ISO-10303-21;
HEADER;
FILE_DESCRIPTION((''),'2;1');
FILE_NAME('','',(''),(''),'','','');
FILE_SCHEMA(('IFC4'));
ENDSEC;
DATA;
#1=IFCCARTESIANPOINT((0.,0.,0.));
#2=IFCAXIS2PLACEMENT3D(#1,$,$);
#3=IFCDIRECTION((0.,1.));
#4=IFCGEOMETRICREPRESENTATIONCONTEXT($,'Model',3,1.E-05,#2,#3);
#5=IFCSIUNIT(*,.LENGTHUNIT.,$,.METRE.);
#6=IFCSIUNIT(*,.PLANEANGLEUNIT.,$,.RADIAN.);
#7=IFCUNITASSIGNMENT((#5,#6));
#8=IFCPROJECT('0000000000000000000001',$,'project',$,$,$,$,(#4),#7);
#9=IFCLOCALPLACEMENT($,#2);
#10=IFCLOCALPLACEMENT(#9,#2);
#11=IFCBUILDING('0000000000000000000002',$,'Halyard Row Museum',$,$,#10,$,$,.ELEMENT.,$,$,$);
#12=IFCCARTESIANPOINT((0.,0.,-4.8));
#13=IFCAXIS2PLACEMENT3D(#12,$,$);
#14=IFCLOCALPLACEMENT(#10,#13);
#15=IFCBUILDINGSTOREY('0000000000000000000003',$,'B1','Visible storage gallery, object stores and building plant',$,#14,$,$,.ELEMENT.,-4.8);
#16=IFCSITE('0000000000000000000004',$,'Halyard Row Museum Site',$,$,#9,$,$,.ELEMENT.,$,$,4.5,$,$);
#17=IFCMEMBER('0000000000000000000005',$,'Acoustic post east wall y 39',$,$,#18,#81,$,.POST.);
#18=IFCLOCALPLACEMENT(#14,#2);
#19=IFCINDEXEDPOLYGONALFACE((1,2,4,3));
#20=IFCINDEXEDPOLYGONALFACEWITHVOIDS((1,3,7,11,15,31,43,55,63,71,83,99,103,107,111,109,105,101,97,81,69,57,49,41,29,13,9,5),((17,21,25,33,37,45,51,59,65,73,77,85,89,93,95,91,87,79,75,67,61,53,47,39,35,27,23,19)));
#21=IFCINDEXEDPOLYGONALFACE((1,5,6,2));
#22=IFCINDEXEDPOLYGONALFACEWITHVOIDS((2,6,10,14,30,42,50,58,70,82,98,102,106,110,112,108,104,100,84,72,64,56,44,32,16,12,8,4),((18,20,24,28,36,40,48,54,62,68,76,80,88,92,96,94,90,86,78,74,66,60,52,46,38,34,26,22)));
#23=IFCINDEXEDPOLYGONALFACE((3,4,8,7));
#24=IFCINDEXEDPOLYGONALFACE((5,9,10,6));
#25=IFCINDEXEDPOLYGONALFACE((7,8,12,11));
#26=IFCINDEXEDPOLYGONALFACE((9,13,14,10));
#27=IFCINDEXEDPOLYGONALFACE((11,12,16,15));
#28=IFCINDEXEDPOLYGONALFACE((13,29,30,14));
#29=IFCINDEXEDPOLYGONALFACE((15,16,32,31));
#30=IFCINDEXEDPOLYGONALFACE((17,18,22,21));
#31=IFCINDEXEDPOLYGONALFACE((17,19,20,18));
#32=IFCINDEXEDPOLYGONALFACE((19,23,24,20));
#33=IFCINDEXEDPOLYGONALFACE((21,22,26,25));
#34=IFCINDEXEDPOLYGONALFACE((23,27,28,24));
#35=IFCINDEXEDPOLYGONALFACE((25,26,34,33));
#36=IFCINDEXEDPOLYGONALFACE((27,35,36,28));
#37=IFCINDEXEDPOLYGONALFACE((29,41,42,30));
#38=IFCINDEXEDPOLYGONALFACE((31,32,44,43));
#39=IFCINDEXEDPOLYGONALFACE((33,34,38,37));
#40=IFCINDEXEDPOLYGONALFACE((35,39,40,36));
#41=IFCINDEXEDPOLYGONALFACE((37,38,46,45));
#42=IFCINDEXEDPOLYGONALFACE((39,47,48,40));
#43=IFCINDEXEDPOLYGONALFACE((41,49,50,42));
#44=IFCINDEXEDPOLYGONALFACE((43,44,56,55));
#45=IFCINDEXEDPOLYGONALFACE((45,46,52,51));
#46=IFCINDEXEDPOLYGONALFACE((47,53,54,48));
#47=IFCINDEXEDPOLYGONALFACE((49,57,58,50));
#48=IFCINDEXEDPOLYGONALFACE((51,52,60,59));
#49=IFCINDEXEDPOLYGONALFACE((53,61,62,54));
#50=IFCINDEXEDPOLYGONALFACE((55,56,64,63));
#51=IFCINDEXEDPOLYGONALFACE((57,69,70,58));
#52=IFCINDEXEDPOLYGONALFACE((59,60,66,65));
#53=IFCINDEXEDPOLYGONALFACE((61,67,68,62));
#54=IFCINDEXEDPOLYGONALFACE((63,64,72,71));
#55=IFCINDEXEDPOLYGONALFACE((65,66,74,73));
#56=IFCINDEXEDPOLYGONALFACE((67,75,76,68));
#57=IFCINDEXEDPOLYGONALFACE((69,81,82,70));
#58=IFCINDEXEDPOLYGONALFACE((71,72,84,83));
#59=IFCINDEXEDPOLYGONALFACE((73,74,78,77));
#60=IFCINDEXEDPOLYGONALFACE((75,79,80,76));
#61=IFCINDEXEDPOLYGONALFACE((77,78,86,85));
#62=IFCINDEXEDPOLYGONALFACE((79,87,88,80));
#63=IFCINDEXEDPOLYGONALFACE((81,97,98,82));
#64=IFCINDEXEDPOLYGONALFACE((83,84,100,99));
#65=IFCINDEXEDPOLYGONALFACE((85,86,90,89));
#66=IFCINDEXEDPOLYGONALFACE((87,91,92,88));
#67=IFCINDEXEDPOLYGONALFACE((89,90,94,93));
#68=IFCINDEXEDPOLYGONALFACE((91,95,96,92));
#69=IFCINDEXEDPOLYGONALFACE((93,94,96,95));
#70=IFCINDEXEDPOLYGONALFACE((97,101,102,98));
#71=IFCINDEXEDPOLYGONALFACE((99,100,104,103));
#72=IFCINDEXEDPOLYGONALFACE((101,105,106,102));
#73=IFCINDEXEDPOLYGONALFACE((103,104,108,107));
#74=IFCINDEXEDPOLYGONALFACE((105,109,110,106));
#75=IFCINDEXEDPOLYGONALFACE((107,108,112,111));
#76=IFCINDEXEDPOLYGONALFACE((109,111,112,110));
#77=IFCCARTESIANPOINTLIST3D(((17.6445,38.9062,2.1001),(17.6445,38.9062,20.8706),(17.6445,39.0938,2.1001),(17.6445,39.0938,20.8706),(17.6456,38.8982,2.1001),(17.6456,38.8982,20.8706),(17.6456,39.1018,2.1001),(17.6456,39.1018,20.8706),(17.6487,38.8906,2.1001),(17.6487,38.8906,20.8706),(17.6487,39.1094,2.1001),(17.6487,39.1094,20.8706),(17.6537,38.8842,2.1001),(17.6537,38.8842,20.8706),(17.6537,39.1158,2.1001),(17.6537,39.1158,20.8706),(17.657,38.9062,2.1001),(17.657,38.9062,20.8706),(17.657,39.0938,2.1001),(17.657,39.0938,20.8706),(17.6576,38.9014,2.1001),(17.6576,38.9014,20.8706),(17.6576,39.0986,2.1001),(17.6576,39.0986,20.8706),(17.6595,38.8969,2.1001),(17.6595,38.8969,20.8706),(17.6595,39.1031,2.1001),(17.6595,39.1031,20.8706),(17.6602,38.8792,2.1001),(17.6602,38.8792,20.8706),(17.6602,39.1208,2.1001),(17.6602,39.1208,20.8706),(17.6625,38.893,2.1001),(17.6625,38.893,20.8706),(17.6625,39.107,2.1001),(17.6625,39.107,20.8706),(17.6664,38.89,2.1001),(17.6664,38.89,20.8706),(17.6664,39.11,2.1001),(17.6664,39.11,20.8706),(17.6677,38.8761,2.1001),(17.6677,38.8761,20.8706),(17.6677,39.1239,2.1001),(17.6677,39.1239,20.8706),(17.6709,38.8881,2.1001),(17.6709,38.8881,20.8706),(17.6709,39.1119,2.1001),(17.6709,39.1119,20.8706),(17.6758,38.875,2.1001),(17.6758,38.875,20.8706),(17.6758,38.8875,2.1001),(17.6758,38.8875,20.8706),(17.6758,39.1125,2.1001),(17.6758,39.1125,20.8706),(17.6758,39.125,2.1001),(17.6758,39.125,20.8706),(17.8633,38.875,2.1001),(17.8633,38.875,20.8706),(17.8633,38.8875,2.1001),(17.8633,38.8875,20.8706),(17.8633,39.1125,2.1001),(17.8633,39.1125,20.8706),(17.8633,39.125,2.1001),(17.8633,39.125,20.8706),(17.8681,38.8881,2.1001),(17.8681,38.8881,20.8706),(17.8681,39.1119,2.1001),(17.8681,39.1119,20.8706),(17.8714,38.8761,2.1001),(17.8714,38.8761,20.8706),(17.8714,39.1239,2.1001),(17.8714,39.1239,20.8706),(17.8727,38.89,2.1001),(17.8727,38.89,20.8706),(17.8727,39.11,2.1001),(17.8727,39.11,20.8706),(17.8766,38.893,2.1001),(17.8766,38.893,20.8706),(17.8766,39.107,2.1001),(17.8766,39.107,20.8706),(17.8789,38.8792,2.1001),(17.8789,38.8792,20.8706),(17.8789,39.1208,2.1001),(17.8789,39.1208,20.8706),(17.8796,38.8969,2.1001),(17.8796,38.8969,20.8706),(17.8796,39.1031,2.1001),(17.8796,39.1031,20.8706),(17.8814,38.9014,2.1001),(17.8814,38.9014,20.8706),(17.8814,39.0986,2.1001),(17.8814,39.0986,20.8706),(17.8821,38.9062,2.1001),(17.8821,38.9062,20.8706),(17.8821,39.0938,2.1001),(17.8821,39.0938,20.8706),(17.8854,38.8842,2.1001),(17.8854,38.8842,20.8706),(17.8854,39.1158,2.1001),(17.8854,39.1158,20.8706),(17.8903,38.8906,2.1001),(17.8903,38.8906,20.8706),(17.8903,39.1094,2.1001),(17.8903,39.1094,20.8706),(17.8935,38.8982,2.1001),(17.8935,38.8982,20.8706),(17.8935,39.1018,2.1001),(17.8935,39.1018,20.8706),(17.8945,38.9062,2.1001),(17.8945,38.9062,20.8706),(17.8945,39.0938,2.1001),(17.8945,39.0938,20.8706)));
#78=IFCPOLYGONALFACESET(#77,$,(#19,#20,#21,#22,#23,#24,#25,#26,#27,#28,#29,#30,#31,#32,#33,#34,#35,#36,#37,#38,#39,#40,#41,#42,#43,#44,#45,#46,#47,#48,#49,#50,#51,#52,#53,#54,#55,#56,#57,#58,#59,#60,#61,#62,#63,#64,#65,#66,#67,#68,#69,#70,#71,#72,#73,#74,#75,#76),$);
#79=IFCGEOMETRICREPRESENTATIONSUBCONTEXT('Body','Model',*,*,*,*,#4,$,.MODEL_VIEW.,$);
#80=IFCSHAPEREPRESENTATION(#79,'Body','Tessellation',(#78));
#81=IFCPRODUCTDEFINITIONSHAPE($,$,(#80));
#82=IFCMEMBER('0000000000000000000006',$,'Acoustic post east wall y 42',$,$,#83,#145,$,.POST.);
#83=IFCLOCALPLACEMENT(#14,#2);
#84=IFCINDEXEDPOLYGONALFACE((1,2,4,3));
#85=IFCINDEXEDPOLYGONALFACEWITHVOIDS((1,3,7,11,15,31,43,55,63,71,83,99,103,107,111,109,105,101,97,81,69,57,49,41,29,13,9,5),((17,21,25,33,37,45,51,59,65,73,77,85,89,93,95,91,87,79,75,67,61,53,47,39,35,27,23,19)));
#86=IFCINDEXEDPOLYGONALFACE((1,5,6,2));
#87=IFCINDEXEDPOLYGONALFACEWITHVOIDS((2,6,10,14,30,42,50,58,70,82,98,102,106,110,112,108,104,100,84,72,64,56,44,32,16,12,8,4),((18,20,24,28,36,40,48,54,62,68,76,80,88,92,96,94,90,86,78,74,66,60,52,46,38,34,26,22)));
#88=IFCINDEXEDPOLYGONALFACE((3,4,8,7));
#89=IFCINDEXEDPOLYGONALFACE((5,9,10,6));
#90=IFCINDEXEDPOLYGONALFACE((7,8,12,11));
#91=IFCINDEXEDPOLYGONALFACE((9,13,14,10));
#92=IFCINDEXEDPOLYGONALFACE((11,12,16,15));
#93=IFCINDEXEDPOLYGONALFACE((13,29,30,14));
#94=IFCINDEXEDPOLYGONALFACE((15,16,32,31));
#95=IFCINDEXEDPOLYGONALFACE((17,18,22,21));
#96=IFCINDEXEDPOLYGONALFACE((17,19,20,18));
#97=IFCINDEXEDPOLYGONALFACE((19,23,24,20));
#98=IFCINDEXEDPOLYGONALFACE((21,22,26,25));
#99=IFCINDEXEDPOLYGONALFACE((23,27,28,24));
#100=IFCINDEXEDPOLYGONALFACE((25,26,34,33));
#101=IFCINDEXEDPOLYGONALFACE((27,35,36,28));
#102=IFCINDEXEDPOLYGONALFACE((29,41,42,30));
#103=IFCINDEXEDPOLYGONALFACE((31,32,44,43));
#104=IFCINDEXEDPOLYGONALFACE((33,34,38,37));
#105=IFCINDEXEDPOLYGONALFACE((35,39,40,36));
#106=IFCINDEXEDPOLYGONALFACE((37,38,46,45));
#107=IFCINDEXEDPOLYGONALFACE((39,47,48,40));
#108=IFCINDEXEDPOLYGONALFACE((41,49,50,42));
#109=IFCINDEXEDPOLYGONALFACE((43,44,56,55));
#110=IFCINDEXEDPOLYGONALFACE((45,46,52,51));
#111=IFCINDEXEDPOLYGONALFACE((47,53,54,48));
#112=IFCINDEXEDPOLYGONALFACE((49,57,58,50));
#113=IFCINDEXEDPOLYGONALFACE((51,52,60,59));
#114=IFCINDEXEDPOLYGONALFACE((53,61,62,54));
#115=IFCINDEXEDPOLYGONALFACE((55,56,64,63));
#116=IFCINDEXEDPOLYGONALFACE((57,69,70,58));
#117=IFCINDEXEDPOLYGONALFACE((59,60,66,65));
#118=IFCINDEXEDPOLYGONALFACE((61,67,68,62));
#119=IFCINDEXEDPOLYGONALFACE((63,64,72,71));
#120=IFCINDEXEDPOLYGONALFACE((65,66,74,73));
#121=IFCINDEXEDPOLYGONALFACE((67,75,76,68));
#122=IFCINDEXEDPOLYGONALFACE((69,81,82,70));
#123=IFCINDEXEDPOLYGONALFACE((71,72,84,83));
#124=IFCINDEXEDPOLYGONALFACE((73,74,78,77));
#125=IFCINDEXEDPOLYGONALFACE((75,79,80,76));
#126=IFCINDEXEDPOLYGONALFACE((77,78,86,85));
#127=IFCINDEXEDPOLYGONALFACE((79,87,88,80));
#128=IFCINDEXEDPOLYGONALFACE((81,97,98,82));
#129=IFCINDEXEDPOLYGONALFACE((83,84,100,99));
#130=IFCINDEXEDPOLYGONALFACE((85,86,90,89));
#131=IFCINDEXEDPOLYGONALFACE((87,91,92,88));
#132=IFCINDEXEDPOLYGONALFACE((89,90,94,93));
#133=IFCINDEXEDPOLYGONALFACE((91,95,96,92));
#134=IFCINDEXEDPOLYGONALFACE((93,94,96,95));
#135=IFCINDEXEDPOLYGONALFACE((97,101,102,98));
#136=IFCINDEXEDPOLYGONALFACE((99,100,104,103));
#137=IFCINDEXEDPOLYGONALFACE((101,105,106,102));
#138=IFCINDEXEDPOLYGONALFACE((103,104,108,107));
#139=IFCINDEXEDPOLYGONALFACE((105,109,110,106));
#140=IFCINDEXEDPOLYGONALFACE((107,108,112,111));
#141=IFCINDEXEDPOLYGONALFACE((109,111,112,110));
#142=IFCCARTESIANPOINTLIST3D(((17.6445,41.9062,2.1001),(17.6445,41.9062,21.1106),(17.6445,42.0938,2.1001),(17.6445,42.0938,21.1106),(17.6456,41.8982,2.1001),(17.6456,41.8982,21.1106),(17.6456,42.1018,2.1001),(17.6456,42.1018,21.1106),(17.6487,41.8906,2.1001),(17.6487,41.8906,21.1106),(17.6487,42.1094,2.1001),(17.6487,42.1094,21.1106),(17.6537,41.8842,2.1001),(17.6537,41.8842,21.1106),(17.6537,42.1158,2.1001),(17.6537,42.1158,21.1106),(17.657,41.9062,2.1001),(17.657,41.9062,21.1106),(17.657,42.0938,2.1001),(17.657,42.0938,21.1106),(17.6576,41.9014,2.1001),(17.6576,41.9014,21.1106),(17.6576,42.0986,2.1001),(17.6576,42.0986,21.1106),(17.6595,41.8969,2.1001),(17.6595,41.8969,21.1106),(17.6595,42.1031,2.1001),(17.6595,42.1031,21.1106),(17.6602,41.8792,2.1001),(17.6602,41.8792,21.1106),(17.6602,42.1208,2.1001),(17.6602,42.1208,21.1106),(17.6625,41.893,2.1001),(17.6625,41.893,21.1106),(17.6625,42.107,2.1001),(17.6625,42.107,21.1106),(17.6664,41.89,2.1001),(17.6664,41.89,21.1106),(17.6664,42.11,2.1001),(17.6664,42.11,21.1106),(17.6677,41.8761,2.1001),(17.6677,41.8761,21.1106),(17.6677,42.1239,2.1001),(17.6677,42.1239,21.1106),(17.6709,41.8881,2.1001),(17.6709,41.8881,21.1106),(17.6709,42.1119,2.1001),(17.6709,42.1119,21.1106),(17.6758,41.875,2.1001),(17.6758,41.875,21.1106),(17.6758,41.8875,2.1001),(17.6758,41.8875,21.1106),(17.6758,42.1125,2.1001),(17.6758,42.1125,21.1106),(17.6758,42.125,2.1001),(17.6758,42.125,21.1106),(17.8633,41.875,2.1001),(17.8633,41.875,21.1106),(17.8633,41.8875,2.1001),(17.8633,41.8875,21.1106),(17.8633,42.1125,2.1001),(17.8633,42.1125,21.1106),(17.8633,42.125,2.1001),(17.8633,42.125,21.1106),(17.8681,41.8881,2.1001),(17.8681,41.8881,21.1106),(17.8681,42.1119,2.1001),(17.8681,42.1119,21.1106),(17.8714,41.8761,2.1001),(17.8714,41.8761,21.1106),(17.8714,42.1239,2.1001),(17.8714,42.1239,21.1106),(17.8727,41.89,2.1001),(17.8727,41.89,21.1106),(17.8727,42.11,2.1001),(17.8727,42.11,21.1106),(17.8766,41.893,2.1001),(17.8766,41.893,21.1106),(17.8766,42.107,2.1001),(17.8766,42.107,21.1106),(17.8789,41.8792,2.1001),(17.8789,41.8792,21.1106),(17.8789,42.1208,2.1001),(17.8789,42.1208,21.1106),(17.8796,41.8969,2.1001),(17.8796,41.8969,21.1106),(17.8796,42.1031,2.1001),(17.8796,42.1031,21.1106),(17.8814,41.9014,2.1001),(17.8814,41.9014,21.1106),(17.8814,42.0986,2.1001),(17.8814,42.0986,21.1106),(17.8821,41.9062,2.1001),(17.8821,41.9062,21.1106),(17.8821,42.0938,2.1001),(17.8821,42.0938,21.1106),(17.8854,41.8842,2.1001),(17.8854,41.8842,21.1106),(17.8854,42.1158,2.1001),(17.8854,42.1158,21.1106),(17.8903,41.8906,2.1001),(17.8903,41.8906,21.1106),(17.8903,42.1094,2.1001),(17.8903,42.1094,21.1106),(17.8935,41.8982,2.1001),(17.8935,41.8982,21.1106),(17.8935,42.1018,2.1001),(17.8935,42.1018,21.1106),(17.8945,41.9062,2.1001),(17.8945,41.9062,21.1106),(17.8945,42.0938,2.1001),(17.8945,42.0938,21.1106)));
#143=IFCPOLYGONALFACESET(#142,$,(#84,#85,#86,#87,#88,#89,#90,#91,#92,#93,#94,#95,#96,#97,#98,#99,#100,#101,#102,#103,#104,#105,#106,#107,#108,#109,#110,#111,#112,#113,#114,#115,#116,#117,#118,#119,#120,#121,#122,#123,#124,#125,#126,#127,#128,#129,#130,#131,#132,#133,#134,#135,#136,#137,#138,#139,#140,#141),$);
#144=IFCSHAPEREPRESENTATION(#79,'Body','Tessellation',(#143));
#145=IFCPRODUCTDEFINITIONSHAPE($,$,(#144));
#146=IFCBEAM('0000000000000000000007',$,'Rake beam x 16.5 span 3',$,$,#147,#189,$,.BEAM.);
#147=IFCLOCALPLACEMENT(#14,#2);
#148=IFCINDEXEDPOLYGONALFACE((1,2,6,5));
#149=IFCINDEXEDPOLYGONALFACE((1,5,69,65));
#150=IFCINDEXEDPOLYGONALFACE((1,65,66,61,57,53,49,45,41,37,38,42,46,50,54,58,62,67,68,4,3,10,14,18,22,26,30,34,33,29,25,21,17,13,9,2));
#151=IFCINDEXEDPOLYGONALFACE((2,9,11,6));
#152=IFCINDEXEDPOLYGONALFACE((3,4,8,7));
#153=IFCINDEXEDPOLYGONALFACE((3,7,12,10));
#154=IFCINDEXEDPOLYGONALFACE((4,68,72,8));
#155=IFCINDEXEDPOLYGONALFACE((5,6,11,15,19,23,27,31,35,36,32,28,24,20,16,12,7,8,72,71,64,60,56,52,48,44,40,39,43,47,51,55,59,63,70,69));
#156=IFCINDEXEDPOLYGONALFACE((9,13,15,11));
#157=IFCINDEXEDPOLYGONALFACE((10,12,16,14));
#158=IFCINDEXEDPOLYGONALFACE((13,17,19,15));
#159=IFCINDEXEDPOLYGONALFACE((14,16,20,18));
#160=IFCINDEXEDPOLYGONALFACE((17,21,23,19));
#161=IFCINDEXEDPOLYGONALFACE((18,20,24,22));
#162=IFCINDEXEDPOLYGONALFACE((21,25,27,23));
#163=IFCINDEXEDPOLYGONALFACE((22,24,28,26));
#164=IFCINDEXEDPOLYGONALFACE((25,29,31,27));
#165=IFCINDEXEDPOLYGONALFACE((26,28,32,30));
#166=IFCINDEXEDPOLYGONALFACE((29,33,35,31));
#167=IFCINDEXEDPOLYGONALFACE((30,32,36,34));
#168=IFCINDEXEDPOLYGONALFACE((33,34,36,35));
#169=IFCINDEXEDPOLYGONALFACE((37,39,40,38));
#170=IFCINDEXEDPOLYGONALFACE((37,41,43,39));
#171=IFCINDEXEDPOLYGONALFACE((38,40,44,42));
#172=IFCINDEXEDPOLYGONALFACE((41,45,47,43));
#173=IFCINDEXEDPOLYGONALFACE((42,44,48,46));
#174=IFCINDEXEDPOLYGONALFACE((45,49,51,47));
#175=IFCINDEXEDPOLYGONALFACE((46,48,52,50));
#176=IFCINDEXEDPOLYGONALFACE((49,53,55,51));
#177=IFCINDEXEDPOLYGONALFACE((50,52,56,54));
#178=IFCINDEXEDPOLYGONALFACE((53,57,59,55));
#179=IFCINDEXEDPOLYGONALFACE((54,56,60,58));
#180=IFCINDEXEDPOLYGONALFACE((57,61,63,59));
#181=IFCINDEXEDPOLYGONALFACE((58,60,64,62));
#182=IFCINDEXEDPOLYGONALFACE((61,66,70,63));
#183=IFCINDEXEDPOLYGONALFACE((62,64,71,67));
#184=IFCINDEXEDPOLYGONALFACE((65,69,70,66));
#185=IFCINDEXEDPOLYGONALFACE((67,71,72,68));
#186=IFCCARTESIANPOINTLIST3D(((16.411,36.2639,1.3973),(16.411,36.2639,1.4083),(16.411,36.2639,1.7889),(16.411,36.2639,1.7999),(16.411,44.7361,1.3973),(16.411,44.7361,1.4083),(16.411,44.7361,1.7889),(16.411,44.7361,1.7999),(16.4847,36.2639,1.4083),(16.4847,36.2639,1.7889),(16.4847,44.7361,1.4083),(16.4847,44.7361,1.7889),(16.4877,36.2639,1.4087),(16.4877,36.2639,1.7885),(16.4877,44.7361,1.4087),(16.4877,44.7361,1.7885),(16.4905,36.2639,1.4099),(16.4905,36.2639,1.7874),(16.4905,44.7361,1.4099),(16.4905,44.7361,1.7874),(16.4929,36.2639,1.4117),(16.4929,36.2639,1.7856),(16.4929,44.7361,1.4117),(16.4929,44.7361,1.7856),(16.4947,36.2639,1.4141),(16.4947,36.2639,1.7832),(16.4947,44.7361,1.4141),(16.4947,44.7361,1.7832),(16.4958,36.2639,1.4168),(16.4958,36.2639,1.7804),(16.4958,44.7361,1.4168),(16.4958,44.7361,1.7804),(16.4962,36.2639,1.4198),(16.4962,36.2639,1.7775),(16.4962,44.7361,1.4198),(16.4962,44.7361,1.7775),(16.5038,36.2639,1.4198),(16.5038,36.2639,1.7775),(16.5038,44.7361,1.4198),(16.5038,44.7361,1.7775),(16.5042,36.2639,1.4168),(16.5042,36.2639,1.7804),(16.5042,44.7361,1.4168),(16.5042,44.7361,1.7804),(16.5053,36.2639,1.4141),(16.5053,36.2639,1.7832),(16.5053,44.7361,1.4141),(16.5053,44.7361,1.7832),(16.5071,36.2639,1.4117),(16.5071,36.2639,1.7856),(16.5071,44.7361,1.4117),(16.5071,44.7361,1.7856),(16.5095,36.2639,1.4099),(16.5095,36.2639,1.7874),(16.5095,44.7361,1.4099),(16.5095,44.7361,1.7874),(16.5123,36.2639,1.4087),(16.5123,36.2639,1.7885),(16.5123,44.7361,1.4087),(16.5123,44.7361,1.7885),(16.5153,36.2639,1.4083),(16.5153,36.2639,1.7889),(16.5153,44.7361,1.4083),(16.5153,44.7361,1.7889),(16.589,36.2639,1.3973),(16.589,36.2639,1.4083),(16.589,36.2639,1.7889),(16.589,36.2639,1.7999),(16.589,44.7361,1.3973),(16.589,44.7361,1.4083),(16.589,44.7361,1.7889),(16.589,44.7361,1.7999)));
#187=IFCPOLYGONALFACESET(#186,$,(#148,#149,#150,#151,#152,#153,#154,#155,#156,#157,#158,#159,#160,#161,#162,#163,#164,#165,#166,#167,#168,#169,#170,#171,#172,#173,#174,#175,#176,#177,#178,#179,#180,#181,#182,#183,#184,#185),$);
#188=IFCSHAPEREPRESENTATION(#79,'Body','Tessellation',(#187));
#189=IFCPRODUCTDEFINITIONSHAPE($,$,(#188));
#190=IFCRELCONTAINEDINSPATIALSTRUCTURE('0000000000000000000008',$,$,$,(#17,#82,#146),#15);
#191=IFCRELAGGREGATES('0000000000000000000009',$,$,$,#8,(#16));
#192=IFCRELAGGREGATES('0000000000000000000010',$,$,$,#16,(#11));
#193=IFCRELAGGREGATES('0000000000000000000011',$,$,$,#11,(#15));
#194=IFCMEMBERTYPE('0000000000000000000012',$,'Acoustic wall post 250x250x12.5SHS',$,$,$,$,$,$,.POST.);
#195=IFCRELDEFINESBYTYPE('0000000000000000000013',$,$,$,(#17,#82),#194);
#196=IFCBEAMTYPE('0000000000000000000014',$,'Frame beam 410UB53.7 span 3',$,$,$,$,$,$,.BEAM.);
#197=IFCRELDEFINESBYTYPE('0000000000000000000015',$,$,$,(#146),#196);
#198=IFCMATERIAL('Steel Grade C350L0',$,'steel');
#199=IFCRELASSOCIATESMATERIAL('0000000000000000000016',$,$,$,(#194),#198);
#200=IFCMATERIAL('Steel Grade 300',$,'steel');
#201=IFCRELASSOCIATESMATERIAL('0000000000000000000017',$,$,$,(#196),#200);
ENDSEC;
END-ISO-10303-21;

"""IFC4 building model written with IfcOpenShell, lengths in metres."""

from ifc_helpers import new_model, si_unit, direction, frame, origin, origin_2d, place, context, subcontext, project, spatial, hollow_rectangle, i_section, extrude, material, material_profile, profile_set, type_object, element, save


model = new_model("IFC4")

# Units and contexts
model_context = context("Model", 3, precision=1e-05, world=origin(), true_north=direction((0.0, 1.0)))
body_context = subcontext(model_context, "Body", "Model", "MODEL_VIEW")
ifc_project = project(units=[si_unit("LENGTHUNIT", "METRE"), si_unit("PLANEANGLEUNIT", "RADIAN")], contexts=[model_context])

# Site, building, storey
site_placement = place(None, origin())
site = spatial("IfcSite", under=ifc_project, at=site_placement, Name="Halyard Row Museum Site", CompositionType="ELEMENT", RefElevation=4.5)
building_placement = place(site_placement, origin())
building = spatial("IfcBuilding", under=site, at=building_placement, Name="Halyard Row Museum", CompositionType="ELEMENT")
storey_placement = place(building_placement, frame((0.0, 0.0, -4.8)))
storey = spatial("IfcBuildingStorey", under=building, at=storey_placement, Name="B1", Description="Visible storage gallery, object stores and building plant", CompositionType="ELEMENT", Elevation=-4.8)

# Members
ifc_material_1 = material(Name="Steel Grade C350L0", Category="steel")
ifc_material_profile_1 = material_profile(ifc_material_1, hollow_rectangle(XDim=0.25, YDim=0.25, WallThickness=0.0125, InnerFilletRadius=0.0188, OuterFilletRadius=0.0312, at=origin_2d()), Name="250x250x12.5SHS")
ifc_profile_set_1 = profile_set([ifc_material_profile_1], Name="Steel Grade C350L0")
member_type = type_object("IfcMemberType", Name="Acoustic wall post 250x250x12.5SHS", PredefinedType="POST", material=ifc_profile_set_1)
member_1_placement = place(storey_placement, frame((17.7695, 39.0, 2.1001), z_axis=(0.0, 0.0, 1.0), x_axis=(1.0, 0.0, 0.0)))
element("IfcMember", 1, at=member_1_placement, inside=storey, type_object=member_type, Name="Acoustic post east wall y 39", PredefinedType="POST", context=body_context, shape_type="SweptSolid", body=[
    extrude(hollow_rectangle(XDim=0.25, YDim=0.25, WallThickness=0.0125, InnerFilletRadius=0.0188, OuterFilletRadius=0.0312, at=origin_2d()), origin(), (0.0, 0.0, 1.0), 18.7705),
])
member_2_placement = place(storey_placement, frame((17.7695, 42.0, 2.1001), z_axis=(0.0, 0.0, 1.0), x_axis=(1.0, 0.0, 0.0)))
element("IfcMember", 2, at=member_2_placement, inside=storey, type_object=member_type, Name="Acoustic post east wall y 42", PredefinedType="POST", context=body_context, shape_type="SweptSolid", body=[
    extrude(hollow_rectangle(XDim=0.25, YDim=0.25, WallThickness=0.0125, InnerFilletRadius=0.0188, OuterFilletRadius=0.0312, at=origin_2d()), origin(), (0.0, 0.0, 1.0), 19.0105),
])

# Beam
ifc_material_2 = material(Name="Steel Grade 300", Category="steel")
ifc_material_profile_2 = material_profile(ifc_material_2, i_section(OverallWidth=0.178, OverallDepth=0.4026, WebThickness=0.0076, FlangeThickness=0.011, FilletRadius=0.0115, at=origin_2d()), Name="410UB53.7")
ifc_profile_set_2 = profile_set([ifc_material_profile_2], Name="Steel Grade 300")
beam_type_1 = type_object("IfcBeamType", Name="Frame beam 410UB53.7 span 3", PredefinedType="BEAM", material=ifc_profile_set_2)
beam_1_placement = place(storey_placement, frame((16.5, 36.2639, 1.5986), z_axis=(0.0, 1.0, 0.0), x_axis=(-1.0, 0.0, 0.0)))
element("IfcBeam", 3, at=beam_1_placement, inside=storey, type_object=beam_type_1, Name="Rake beam x 16.5 span 3", PredefinedType="BEAM", context=body_context, shape_type="SweptSolid", body=[
    extrude(i_section(OverallWidth=0.178, OverallDepth=0.4026, WebThickness=0.0076, FlangeThickness=0.011, FilletRadius=0.0115, at=origin_2d()), origin(), (0.0, 0.0, 1.0), 8.4722),
])

save(model, "model.ifc")
